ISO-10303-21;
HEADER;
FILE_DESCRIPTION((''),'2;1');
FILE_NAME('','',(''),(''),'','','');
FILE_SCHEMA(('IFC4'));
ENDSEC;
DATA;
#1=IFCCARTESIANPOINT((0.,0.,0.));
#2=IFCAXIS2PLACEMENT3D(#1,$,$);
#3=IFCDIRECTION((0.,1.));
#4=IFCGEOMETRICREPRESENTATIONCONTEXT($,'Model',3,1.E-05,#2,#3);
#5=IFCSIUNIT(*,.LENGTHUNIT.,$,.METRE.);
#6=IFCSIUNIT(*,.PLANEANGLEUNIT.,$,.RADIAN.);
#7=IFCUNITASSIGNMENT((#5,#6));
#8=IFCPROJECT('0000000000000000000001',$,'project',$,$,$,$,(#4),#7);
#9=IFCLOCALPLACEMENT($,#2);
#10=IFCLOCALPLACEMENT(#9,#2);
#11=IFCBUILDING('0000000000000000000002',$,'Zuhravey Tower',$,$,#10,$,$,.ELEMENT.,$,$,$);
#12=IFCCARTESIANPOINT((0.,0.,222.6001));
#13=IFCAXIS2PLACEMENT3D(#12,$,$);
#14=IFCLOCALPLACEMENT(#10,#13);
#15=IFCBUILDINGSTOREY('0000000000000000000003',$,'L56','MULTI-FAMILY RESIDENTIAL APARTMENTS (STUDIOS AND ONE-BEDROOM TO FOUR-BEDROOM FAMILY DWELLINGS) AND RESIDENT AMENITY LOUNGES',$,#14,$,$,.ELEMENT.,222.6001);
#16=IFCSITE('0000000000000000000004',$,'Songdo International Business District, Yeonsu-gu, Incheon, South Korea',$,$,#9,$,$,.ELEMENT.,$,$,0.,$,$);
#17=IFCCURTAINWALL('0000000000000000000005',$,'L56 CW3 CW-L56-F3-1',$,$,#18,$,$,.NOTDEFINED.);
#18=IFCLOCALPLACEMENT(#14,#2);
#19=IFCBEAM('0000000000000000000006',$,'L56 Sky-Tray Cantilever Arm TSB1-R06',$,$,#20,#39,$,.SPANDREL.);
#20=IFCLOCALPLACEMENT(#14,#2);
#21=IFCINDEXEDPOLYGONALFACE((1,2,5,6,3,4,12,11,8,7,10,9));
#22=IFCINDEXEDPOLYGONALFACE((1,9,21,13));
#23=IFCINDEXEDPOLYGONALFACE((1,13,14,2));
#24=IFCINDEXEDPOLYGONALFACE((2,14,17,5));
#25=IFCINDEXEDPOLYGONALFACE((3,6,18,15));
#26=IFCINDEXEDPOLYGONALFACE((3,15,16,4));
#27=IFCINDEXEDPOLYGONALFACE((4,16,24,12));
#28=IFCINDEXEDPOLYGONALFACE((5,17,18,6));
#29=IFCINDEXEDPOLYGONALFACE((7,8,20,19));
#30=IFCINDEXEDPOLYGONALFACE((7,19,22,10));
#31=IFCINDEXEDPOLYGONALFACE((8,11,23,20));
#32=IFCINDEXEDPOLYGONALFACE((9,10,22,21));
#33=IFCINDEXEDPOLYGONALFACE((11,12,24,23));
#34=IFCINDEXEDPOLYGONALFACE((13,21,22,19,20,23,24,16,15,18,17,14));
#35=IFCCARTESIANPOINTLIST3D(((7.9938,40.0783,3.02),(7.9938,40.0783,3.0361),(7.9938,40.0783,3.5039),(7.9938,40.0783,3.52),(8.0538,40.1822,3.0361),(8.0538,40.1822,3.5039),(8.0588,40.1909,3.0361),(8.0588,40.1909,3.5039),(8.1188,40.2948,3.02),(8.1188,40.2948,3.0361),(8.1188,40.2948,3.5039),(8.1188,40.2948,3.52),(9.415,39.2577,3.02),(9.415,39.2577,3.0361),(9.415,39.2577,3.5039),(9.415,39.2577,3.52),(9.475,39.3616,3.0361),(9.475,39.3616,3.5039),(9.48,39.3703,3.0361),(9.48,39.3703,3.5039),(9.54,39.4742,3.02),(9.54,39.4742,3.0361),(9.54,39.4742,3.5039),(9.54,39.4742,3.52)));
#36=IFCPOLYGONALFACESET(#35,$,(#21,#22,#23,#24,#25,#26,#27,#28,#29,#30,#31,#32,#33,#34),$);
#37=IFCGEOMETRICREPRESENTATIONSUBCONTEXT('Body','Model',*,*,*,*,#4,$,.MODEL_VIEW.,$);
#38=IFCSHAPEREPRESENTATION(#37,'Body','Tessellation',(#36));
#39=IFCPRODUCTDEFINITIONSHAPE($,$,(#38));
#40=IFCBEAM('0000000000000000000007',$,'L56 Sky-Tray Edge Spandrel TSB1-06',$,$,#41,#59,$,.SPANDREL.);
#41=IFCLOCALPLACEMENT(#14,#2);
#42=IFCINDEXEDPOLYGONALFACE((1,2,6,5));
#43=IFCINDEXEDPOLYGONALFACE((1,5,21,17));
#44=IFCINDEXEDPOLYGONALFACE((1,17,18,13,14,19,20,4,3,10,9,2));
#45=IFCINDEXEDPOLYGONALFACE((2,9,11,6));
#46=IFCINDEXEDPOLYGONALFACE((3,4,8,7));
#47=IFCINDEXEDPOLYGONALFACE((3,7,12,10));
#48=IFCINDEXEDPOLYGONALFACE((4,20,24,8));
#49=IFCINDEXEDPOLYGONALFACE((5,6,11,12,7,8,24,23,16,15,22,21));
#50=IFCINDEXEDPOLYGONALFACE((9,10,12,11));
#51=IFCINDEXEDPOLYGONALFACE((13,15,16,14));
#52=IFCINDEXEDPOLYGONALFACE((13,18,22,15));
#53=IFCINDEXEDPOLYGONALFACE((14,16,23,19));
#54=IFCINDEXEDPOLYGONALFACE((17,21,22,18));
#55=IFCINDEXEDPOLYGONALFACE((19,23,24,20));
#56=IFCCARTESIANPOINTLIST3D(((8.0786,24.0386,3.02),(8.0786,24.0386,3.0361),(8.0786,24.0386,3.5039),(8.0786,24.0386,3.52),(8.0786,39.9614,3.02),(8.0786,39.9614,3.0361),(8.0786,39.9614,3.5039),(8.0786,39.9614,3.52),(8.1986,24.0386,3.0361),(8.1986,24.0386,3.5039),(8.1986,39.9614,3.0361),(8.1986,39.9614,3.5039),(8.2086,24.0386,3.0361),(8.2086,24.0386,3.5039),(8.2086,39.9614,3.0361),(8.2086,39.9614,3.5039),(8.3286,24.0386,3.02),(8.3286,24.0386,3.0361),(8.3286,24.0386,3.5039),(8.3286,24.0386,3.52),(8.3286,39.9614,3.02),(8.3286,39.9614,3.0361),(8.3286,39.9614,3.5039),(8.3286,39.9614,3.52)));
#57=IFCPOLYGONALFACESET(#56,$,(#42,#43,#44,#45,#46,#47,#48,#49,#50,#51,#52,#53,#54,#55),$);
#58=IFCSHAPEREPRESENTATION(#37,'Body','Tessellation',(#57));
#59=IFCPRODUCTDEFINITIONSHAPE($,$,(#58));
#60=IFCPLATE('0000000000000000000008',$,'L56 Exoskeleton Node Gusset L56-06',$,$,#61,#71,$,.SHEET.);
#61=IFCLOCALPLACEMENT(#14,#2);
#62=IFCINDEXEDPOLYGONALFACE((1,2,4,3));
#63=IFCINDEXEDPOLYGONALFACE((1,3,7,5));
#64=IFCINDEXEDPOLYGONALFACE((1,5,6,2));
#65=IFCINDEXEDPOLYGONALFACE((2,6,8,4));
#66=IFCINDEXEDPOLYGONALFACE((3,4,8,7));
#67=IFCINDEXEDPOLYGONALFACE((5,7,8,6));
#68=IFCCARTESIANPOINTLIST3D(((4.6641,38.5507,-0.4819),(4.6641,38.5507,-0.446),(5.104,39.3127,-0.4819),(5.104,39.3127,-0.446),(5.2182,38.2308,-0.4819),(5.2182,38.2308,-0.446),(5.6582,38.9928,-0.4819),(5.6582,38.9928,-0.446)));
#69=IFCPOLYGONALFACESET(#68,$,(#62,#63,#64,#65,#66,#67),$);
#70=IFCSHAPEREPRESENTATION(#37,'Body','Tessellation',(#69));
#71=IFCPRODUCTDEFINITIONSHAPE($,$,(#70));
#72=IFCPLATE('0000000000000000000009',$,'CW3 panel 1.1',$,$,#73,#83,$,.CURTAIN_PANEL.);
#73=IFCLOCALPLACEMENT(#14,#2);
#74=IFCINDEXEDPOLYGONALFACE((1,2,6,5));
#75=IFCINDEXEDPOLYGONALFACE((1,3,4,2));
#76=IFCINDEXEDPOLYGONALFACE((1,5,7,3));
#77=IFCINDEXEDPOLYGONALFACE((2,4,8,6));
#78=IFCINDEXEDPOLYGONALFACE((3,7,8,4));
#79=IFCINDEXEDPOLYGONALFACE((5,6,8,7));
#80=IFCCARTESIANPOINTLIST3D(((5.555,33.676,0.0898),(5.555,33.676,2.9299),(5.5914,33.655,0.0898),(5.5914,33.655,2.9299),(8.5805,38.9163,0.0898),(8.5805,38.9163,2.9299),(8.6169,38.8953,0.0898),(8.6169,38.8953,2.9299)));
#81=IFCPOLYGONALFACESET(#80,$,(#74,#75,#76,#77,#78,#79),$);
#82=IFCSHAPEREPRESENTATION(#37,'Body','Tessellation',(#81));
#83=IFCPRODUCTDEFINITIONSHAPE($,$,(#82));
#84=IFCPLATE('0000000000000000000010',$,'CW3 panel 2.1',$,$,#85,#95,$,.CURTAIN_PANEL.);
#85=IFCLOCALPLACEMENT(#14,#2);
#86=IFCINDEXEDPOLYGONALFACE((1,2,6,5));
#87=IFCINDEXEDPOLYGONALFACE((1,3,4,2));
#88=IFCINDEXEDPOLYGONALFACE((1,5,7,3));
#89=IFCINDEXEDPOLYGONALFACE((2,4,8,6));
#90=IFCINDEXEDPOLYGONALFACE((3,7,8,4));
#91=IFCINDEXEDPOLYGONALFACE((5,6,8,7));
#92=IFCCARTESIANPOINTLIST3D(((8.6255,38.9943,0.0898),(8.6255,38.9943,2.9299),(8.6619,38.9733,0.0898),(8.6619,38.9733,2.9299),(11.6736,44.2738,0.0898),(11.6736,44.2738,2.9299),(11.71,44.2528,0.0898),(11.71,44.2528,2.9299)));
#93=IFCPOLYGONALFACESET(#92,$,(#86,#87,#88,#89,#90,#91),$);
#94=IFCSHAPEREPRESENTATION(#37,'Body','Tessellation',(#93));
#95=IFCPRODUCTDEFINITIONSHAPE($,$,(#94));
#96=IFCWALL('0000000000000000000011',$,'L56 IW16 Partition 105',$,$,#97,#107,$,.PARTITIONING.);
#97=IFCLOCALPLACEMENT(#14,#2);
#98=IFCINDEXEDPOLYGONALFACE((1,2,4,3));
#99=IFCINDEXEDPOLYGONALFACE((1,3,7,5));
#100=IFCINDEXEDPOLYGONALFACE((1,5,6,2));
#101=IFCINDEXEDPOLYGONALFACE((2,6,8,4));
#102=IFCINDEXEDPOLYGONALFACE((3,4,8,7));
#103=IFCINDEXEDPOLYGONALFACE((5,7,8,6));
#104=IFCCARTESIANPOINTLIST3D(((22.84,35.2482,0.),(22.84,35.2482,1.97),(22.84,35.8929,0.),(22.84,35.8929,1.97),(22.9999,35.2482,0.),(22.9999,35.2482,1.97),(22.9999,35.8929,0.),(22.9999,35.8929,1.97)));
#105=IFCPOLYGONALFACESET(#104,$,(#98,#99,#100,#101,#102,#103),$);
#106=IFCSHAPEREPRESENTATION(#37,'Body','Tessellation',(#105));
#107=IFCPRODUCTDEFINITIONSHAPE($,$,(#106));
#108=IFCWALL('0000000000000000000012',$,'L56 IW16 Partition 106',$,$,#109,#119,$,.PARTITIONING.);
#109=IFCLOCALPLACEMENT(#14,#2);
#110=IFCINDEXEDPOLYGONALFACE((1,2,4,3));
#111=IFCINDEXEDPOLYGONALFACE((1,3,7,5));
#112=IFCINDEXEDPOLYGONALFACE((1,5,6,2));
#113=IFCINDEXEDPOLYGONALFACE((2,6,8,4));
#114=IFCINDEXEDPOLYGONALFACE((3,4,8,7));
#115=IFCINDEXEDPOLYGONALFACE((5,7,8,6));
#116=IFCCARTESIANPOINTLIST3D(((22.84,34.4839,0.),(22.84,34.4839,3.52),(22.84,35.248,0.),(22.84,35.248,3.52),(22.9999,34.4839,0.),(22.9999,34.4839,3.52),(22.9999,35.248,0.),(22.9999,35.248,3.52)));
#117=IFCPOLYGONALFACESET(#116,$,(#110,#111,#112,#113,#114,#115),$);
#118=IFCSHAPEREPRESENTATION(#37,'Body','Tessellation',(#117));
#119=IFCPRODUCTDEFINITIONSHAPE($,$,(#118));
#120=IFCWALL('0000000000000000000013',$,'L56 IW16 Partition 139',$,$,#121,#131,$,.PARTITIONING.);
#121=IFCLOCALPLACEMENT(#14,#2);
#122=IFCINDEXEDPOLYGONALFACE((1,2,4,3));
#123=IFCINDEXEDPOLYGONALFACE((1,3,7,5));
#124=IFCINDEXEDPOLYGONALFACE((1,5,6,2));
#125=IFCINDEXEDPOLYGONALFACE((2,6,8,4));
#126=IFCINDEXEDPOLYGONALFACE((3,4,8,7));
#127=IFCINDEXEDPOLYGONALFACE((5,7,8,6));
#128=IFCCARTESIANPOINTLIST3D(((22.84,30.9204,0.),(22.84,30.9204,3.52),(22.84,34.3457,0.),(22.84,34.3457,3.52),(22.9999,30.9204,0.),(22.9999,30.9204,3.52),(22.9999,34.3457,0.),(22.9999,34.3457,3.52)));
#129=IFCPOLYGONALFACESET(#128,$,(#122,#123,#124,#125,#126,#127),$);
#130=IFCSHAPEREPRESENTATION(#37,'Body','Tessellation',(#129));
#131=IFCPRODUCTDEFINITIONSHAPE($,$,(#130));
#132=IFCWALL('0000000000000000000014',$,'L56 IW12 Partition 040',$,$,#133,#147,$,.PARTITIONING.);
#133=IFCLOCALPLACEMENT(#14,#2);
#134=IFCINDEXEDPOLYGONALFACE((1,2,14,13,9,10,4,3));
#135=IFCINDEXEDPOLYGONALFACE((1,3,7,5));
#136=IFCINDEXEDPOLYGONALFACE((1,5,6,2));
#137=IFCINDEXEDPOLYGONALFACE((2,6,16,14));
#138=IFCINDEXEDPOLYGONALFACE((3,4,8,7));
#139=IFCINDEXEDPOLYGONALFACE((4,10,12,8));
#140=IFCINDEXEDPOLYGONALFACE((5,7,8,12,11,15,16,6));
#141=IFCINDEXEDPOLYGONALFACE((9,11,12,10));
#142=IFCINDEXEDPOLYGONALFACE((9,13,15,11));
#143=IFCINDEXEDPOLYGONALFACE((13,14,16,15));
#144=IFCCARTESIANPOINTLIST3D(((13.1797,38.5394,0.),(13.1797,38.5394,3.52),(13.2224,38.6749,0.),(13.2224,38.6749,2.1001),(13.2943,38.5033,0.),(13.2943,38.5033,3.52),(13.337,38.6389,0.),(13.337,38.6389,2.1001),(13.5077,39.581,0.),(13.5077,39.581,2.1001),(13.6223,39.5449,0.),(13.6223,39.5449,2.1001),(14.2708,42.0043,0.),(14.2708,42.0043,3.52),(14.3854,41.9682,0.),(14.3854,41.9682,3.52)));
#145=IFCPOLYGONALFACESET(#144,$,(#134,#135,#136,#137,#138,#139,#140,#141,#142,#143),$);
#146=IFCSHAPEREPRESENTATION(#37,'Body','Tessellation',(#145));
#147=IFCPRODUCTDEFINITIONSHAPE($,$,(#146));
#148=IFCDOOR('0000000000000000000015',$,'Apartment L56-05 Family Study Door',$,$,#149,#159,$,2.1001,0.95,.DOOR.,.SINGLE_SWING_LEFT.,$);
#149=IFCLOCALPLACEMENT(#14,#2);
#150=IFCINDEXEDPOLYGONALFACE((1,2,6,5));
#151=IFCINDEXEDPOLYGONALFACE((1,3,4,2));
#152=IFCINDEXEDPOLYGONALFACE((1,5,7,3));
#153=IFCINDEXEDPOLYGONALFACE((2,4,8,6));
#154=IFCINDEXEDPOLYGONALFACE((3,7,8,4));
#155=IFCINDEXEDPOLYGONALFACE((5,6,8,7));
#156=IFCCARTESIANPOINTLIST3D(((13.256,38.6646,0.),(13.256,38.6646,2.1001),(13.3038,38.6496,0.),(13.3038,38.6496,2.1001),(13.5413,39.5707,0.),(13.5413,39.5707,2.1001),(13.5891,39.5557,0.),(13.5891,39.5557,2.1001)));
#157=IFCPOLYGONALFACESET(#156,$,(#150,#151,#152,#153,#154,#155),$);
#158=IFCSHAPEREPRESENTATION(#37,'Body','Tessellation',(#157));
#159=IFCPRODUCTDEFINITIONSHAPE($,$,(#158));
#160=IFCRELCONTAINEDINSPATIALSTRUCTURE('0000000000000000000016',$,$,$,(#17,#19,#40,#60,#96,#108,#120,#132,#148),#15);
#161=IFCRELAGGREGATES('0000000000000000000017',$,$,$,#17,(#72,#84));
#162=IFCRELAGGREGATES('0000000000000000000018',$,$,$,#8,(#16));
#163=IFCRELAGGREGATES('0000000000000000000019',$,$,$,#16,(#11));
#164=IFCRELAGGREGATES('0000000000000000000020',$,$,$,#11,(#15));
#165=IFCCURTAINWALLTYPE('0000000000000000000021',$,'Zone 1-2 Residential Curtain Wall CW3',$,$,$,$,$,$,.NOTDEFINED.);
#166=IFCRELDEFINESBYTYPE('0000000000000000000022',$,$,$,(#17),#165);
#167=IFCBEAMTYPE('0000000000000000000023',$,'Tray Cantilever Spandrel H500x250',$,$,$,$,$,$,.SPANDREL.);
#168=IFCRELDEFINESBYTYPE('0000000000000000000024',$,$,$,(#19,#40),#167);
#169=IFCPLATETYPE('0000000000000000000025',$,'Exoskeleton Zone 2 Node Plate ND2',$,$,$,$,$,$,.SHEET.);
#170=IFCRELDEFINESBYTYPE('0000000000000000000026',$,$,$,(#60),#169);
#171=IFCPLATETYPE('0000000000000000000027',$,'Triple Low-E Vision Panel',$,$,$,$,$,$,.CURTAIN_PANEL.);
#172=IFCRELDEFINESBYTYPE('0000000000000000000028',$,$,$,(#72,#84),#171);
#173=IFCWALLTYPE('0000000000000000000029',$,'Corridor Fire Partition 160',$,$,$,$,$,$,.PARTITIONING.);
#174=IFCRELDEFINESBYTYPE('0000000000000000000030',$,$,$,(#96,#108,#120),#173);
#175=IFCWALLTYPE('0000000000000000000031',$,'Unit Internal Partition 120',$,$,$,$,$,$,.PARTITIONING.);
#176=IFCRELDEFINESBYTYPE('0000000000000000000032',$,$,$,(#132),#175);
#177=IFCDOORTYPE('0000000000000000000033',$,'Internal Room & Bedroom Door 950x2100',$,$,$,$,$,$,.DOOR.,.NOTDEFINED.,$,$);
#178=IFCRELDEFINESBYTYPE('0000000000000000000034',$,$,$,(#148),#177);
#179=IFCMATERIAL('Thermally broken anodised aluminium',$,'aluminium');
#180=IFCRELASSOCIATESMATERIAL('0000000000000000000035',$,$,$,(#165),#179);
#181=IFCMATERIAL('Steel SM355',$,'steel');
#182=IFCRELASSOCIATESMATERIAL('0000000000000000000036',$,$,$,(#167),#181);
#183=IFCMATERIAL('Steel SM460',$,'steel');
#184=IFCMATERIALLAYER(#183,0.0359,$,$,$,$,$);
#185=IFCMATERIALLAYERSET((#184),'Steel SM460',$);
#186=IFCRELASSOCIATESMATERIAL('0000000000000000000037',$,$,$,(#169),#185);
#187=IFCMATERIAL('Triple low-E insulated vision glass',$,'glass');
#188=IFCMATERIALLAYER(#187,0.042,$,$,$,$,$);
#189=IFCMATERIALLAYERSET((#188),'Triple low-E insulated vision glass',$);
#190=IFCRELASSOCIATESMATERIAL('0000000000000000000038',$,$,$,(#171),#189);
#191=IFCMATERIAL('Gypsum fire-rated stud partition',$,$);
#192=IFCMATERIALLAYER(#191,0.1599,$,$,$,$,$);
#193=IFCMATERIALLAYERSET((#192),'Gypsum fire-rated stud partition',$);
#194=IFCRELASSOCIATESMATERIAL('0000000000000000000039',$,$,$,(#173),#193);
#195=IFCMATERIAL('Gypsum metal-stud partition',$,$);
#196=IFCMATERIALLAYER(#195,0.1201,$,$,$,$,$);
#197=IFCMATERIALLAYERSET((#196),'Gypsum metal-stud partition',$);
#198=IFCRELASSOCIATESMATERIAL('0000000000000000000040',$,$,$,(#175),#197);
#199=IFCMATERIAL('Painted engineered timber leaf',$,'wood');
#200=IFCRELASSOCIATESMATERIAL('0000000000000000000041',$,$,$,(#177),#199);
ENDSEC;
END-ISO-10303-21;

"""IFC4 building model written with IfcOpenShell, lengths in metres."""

from ifc_helpers import new_model, si_unit, direction, frame, frame_2d, origin, origin_2d, place, context, subcontext, project, spatial, rectangle, i_section, extrude, material, layer, layer_set, material_profile, profile_set, type_object, element, fill, aggregate, save


model = new_model("IFC4")

# Units and contexts
model_context = context("Model", 3, precision=1e-05, world=origin(), true_north=direction((0.0, 1.0)))
body_context = subcontext(model_context, "Body", "Model", "MODEL_VIEW")
ifc_project = project(units=[si_unit("LENGTHUNIT", "METRE"), si_unit("PLANEANGLEUNIT", "RADIAN")], contexts=[model_context])

# Site, building, storey
site_placement = place(None, origin())
site = spatial("IfcSite", under=ifc_project, at=site_placement, Name="Songdo International Business District, Yeonsu-gu, Incheon, South Korea", CompositionType="ELEMENT", RefElevation=0.0)
building_placement = place(site_placement, origin())
building = spatial("IfcBuilding", under=site, at=building_placement, Name="Zuhravey Tower", CompositionType="ELEMENT")
storey_placement = place(building_placement, frame((0.0, 0.0, 222.6001)))
storey = spatial("IfcBuildingStorey", under=building, at=storey_placement, Name="L56", Description="MULTI-FAMILY RESIDENTIAL APARTMENTS (STUDIOS AND ONE-BEDROOM TO FOUR-BEDROOM FAMILY DWELLINGS) AND RESIDENT AMENITY LOUNGES", CompositionType="ELEMENT", Elevation=222.6001)

# Curtain wall
ifc_material_1 = material(Name="Thermally broken anodised aluminium", Category="aluminium")
curtain_wall_type = type_object("IfcCurtainWallType", Name="Zone 1-2 Residential Curtain Wall CW3", PredefinedType="NOTDEFINED", material=ifc_material_1)
curtain_wall_placement = place(storey_placement, origin())
curtain_wall = element("IfcCurtainWall", 1, at=curtain_wall_placement, inside=storey, type_object=curtain_wall_type, Name="L56 CW3 CW-L56-F3-1", PredefinedType="NOTDEFINED")

# Beams
ifc_material_2 = material(Name="Steel SM460", Category="steel")
ifc_material_3 = material(Name="Steel SM355", Category="steel")
ifc_material_profile_1 = material_profile(ifc_material_3, i_section(OverallWidth=0.25, OverallDepth=0.5, WebThickness=0.01, FlangeThickness=0.0161, at=origin_2d()), Name="H-500x250x10x16")
ifc_profile_set_1 = profile_set([ifc_material_profile_1], Name="Steel SM355")
beam_type_1 = type_object("IfcBeamType", Name="Tray Cantilever Spandrel H500x250", PredefinedType="SPANDREL", material=ifc_profile_set_1)
beam_1_placement = place(storey_placement, frame((9.4775, 39.366, 3.27), z_axis=(-0.86601, 0.500027, 0.0), x_axis=(-0.500027, -0.86601, 0.0)))
element("IfcBeam", 2, at=beam_1_placement, inside=storey, type_object=beam_type_1, Name="L56 Sky-Tray Cantilever Arm TSB1-R06", PredefinedType="SPANDREL", context=body_context, shape_type="SweptSolid", body=[
    extrude(i_section(OverallWidth=0.25, OverallDepth=0.5, WebThickness=0.01, FlangeThickness=0.0161, at=origin_2d()), origin(), (0.0, 0.0, 1.0), 1.6411),
])
beam_2_placement = place(storey_placement, frame((8.2036, 39.9614, 3.27), z_axis=(0.0, -1.0, 0.0), x_axis=(1.0, 0.0, 0.0)))
element("IfcBeam", 3, at=beam_2_placement, inside=storey, type_object=beam_type_1, Name="L56 Sky-Tray Edge Spandrel TSB1-06", PredefinedType="SPANDREL", context=body_context, shape_type="SweptSolid", body=[
    extrude(i_section(OverallWidth=0.25, OverallDepth=0.5, WebThickness=0.01, FlangeThickness=0.0161, at=origin_2d()), origin(), (0.0, 0.0, 1.0), 15.9229),
])

# Plates
ifc_layer_1 = layer(ifc_material_2, 0.0359)
ifc_layer_set_1 = layer_set([ifc_layer_1], Name="Steel SM460")
plate_type_1 = type_object("IfcPlateType", Name="Exoskeleton Zone 2 Node Plate ND2", PredefinedType="SHEET", material=ifc_layer_set_1)
plate_1_placement = place(storey_placement, frame((5.1611, 38.7717, -0.4819), z_axis=(0.0, 0.0, 1.0), x_axis=(-0.5, -0.866025, 0.0)))
element("IfcPlate", 4, at=plate_1_placement, inside=storey, type_object=plate_type_1, Name="L56 Exoskeleton Node Gusset L56-06", PredefinedType="SHEET", context=body_context, shape_type="SweptSolid", body=[
    extrude(rectangle(XDim=0.8799, YDim=0.6399, at=origin_2d()), origin(), (0.0, 0.0, 1.0), 0.0359),
])
ifc_material_4 = material(Name="Triple low-E insulated vision glass", Category="glass")
ifc_layer_2 = layer(ifc_material_4, 0.042)
ifc_layer_set_2 = layer_set([ifc_layer_2], Name="Triple low-E insulated vision glass")
plate_type_2 = type_object("IfcPlateType", Name="Triple Low-E Vision Panel", PredefinedType="CURTAIN_PANEL", material=ifc_layer_set_2)
plate_2_placement = place(storey_placement, frame((7.0859, 36.2856, 0.0898), z_axis=(0.0, 0.0, 1.0), x_axis=(0.499999, 0.866026, 0.0)))
plate_2 = element("IfcPlate", 5, at=plate_2_placement, type_object=plate_type_2, Name="CW3 panel 1.1", PredefinedType="CURTAIN_PANEL", context=body_context, shape_type="SweptSolid", body=[
    extrude(rectangle(XDim=6.051, YDim=0.042, at=origin_2d()), origin(), (0.0, 0.0, 1.0), 2.8401),
])
plate_3_placement = place(storey_placement, frame((10.1677, 41.6235, 0.0898), z_axis=(0.0, 0.0, 1.0), x_axis=(0.499999, 0.866026, 0.0)))
plate_3 = element("IfcPlate", 6, at=plate_3_placement, type_object=plate_type_2, Name="CW3 panel 2.1", PredefinedType="CURTAIN_PANEL", context=body_context, shape_type="SweptSolid", body=[
    extrude(rectangle(XDim=6.0962, YDim=0.042, at=origin_2d()), origin(), (0.0, 0.0, 1.0), 2.8401),
])
aggregate(curtain_wall, [plate_2, plate_3])

# Walls
ifc_material_5 = material(Name="Gypsum fire-rated stud partition")
ifc_layer_3 = layer(ifc_material_5, 0.1599)
ifc_layer_set_3 = layer_set([ifc_layer_3], Name="Gypsum fire-rated stud partition")
wall_type_1 = type_object("IfcWallType", Name="Corridor Fire Partition 160", PredefinedType="PARTITIONING", material=ifc_layer_set_3)
wall_1_placement = place(storey_placement, frame((22.9199, 35.8928, 0.0), z_axis=(0.0, 0.0, 1.0), x_axis=(0.0, -1.0, 0.0)))
element("IfcWall", 7, at=wall_1_placement, inside=storey, type_object=wall_type_1, Name="L56 IW16 Partition 105", PredefinedType="PARTITIONING", context=body_context, shape_type="SweptSolid", body=[
    extrude(rectangle(XDim=0.6448, YDim=0.1599, at=frame_2d((0.3223, 0.0))), origin(), (0.0, 0.0, 1.0), 1.97),
])
wall_2_placement = place(storey_placement, frame((22.9199, 35.248, 0.0), z_axis=(0.0, 0.0, 1.0), x_axis=(0.0, -1.0, 0.0)))
element("IfcWall", 8, at=wall_2_placement, inside=storey, type_object=wall_type_1, Name="L56 IW16 Partition 106", PredefinedType="PARTITIONING", context=body_context, shape_type="SweptSolid", body=[
    extrude(rectangle(XDim=0.7642, YDim=0.1599, at=frame_2d((0.3821, 0.0))), origin(), (0.0, 0.0, 1.0), 3.52),
])
wall_3_placement = place(storey_placement, frame((22.9199, 34.3457, 0.0), z_axis=(0.0, 0.0, 1.0), x_axis=(0.0, -1.0, 0.0)))
element("IfcWall", 9, at=wall_3_placement, inside=storey, type_object=wall_type_1, Name="L56 IW16 Partition 139", PredefinedType="PARTITIONING", context=body_context, shape_type="SweptSolid", body=[
    extrude(rectangle(XDim=3.4253, YDim=0.1599, at=frame_2d((1.7126, 0.0))), origin(), (0.0, 0.0, 1.0), 3.52),
])

# Wall, opening, door
ifc_material_6 = material(Name="Gypsum metal-stud partition")
ifc_layer_4 = layer(ifc_material_6, 0.1201)
ifc_layer_set_4 = layer_set([ifc_layer_4], Name="Gypsum metal-stud partition")
wall_type_2 = type_object("IfcWallType", Name="Unit Internal Partition 120", PredefinedType="PARTITIONING", material=ifc_layer_set_4)
wall_4_placement = place(storey_placement, frame((14.3281, 41.9863, 0.0), z_axis=(0.0, 0.0, 1.0), x_axis=(-0.300356, -0.953827, 0.0)))
wall_4 = element("IfcWall", 10, at=wall_4_placement, inside=storey, type_object=wall_type_2, Name="L56 IW12 Partition 040", PredefinedType="PARTITIONING", context=body_context, shape_type="SweptSolid", body=[
    extrude(rectangle(XDim=3.6326, YDim=0.1201, at=frame_2d((1.8164, 0.0))), origin(), (0.0, 0.0, 1.0), 3.52),
])
opening_1_placement = place(wall_4_placement, frame((2.5405, 0.0, 0.0)))
opening_1 = element("IfcOpeningElement", 11, at=opening_1_placement, cuts=wall_4, PredefinedType="OPENING", context=body_context, shape_type="SweptSolid", body=[
    extrude(rectangle(XDim=0.95, YDim=2.1001, at=frame_2d((0.4751, 1.05))), frame((0.0, 0.072, 0.0), z_axis=(0.0, -1.0, 0.0), x_axis=(1.0, 0.0, 0.0)), (0.0, 0.0, 1.0), 0.144),
])
ifc_material_7 = material(Name="Painted engineered timber leaf", Category="wood")
door_type_1 = type_object("IfcDoorType", Name="Internal Room & Bedroom Door 950x2100", OperationType="NOTDEFINED", PredefinedType="DOOR", material=ifc_material_7)
door_1_placement = place(opening_1_placement, frame((0.95, 0.0, 0.0), z_axis=(0.0, 0.0, 1.0), x_axis=(-1.0, 0.0, 0.0)))
door_1 = element("IfcDoor", 12, at=door_1_placement, inside=storey, type_object=door_type_1, Name="Apartment L56-05 Family Study Door", OperationType="SINGLE_SWING_LEFT", OverallHeight=2.1001, OverallWidth=0.95, PredefinedType="DOOR", context=body_context, shape_type="SweptSolid", body=[
    extrude(rectangle(XDim=0.95, YDim=2.1001, at=frame_2d((0.4751, 1.05))), frame((0.0, 0.0249, 0.0), z_axis=(0.0, -1.0, 0.0), x_axis=(1.0, 0.0, 0.0)), (0.0, 0.0, 1.0), 0.05),
])
fill(opening_1, door_1)

save(model, "model.ifc")
